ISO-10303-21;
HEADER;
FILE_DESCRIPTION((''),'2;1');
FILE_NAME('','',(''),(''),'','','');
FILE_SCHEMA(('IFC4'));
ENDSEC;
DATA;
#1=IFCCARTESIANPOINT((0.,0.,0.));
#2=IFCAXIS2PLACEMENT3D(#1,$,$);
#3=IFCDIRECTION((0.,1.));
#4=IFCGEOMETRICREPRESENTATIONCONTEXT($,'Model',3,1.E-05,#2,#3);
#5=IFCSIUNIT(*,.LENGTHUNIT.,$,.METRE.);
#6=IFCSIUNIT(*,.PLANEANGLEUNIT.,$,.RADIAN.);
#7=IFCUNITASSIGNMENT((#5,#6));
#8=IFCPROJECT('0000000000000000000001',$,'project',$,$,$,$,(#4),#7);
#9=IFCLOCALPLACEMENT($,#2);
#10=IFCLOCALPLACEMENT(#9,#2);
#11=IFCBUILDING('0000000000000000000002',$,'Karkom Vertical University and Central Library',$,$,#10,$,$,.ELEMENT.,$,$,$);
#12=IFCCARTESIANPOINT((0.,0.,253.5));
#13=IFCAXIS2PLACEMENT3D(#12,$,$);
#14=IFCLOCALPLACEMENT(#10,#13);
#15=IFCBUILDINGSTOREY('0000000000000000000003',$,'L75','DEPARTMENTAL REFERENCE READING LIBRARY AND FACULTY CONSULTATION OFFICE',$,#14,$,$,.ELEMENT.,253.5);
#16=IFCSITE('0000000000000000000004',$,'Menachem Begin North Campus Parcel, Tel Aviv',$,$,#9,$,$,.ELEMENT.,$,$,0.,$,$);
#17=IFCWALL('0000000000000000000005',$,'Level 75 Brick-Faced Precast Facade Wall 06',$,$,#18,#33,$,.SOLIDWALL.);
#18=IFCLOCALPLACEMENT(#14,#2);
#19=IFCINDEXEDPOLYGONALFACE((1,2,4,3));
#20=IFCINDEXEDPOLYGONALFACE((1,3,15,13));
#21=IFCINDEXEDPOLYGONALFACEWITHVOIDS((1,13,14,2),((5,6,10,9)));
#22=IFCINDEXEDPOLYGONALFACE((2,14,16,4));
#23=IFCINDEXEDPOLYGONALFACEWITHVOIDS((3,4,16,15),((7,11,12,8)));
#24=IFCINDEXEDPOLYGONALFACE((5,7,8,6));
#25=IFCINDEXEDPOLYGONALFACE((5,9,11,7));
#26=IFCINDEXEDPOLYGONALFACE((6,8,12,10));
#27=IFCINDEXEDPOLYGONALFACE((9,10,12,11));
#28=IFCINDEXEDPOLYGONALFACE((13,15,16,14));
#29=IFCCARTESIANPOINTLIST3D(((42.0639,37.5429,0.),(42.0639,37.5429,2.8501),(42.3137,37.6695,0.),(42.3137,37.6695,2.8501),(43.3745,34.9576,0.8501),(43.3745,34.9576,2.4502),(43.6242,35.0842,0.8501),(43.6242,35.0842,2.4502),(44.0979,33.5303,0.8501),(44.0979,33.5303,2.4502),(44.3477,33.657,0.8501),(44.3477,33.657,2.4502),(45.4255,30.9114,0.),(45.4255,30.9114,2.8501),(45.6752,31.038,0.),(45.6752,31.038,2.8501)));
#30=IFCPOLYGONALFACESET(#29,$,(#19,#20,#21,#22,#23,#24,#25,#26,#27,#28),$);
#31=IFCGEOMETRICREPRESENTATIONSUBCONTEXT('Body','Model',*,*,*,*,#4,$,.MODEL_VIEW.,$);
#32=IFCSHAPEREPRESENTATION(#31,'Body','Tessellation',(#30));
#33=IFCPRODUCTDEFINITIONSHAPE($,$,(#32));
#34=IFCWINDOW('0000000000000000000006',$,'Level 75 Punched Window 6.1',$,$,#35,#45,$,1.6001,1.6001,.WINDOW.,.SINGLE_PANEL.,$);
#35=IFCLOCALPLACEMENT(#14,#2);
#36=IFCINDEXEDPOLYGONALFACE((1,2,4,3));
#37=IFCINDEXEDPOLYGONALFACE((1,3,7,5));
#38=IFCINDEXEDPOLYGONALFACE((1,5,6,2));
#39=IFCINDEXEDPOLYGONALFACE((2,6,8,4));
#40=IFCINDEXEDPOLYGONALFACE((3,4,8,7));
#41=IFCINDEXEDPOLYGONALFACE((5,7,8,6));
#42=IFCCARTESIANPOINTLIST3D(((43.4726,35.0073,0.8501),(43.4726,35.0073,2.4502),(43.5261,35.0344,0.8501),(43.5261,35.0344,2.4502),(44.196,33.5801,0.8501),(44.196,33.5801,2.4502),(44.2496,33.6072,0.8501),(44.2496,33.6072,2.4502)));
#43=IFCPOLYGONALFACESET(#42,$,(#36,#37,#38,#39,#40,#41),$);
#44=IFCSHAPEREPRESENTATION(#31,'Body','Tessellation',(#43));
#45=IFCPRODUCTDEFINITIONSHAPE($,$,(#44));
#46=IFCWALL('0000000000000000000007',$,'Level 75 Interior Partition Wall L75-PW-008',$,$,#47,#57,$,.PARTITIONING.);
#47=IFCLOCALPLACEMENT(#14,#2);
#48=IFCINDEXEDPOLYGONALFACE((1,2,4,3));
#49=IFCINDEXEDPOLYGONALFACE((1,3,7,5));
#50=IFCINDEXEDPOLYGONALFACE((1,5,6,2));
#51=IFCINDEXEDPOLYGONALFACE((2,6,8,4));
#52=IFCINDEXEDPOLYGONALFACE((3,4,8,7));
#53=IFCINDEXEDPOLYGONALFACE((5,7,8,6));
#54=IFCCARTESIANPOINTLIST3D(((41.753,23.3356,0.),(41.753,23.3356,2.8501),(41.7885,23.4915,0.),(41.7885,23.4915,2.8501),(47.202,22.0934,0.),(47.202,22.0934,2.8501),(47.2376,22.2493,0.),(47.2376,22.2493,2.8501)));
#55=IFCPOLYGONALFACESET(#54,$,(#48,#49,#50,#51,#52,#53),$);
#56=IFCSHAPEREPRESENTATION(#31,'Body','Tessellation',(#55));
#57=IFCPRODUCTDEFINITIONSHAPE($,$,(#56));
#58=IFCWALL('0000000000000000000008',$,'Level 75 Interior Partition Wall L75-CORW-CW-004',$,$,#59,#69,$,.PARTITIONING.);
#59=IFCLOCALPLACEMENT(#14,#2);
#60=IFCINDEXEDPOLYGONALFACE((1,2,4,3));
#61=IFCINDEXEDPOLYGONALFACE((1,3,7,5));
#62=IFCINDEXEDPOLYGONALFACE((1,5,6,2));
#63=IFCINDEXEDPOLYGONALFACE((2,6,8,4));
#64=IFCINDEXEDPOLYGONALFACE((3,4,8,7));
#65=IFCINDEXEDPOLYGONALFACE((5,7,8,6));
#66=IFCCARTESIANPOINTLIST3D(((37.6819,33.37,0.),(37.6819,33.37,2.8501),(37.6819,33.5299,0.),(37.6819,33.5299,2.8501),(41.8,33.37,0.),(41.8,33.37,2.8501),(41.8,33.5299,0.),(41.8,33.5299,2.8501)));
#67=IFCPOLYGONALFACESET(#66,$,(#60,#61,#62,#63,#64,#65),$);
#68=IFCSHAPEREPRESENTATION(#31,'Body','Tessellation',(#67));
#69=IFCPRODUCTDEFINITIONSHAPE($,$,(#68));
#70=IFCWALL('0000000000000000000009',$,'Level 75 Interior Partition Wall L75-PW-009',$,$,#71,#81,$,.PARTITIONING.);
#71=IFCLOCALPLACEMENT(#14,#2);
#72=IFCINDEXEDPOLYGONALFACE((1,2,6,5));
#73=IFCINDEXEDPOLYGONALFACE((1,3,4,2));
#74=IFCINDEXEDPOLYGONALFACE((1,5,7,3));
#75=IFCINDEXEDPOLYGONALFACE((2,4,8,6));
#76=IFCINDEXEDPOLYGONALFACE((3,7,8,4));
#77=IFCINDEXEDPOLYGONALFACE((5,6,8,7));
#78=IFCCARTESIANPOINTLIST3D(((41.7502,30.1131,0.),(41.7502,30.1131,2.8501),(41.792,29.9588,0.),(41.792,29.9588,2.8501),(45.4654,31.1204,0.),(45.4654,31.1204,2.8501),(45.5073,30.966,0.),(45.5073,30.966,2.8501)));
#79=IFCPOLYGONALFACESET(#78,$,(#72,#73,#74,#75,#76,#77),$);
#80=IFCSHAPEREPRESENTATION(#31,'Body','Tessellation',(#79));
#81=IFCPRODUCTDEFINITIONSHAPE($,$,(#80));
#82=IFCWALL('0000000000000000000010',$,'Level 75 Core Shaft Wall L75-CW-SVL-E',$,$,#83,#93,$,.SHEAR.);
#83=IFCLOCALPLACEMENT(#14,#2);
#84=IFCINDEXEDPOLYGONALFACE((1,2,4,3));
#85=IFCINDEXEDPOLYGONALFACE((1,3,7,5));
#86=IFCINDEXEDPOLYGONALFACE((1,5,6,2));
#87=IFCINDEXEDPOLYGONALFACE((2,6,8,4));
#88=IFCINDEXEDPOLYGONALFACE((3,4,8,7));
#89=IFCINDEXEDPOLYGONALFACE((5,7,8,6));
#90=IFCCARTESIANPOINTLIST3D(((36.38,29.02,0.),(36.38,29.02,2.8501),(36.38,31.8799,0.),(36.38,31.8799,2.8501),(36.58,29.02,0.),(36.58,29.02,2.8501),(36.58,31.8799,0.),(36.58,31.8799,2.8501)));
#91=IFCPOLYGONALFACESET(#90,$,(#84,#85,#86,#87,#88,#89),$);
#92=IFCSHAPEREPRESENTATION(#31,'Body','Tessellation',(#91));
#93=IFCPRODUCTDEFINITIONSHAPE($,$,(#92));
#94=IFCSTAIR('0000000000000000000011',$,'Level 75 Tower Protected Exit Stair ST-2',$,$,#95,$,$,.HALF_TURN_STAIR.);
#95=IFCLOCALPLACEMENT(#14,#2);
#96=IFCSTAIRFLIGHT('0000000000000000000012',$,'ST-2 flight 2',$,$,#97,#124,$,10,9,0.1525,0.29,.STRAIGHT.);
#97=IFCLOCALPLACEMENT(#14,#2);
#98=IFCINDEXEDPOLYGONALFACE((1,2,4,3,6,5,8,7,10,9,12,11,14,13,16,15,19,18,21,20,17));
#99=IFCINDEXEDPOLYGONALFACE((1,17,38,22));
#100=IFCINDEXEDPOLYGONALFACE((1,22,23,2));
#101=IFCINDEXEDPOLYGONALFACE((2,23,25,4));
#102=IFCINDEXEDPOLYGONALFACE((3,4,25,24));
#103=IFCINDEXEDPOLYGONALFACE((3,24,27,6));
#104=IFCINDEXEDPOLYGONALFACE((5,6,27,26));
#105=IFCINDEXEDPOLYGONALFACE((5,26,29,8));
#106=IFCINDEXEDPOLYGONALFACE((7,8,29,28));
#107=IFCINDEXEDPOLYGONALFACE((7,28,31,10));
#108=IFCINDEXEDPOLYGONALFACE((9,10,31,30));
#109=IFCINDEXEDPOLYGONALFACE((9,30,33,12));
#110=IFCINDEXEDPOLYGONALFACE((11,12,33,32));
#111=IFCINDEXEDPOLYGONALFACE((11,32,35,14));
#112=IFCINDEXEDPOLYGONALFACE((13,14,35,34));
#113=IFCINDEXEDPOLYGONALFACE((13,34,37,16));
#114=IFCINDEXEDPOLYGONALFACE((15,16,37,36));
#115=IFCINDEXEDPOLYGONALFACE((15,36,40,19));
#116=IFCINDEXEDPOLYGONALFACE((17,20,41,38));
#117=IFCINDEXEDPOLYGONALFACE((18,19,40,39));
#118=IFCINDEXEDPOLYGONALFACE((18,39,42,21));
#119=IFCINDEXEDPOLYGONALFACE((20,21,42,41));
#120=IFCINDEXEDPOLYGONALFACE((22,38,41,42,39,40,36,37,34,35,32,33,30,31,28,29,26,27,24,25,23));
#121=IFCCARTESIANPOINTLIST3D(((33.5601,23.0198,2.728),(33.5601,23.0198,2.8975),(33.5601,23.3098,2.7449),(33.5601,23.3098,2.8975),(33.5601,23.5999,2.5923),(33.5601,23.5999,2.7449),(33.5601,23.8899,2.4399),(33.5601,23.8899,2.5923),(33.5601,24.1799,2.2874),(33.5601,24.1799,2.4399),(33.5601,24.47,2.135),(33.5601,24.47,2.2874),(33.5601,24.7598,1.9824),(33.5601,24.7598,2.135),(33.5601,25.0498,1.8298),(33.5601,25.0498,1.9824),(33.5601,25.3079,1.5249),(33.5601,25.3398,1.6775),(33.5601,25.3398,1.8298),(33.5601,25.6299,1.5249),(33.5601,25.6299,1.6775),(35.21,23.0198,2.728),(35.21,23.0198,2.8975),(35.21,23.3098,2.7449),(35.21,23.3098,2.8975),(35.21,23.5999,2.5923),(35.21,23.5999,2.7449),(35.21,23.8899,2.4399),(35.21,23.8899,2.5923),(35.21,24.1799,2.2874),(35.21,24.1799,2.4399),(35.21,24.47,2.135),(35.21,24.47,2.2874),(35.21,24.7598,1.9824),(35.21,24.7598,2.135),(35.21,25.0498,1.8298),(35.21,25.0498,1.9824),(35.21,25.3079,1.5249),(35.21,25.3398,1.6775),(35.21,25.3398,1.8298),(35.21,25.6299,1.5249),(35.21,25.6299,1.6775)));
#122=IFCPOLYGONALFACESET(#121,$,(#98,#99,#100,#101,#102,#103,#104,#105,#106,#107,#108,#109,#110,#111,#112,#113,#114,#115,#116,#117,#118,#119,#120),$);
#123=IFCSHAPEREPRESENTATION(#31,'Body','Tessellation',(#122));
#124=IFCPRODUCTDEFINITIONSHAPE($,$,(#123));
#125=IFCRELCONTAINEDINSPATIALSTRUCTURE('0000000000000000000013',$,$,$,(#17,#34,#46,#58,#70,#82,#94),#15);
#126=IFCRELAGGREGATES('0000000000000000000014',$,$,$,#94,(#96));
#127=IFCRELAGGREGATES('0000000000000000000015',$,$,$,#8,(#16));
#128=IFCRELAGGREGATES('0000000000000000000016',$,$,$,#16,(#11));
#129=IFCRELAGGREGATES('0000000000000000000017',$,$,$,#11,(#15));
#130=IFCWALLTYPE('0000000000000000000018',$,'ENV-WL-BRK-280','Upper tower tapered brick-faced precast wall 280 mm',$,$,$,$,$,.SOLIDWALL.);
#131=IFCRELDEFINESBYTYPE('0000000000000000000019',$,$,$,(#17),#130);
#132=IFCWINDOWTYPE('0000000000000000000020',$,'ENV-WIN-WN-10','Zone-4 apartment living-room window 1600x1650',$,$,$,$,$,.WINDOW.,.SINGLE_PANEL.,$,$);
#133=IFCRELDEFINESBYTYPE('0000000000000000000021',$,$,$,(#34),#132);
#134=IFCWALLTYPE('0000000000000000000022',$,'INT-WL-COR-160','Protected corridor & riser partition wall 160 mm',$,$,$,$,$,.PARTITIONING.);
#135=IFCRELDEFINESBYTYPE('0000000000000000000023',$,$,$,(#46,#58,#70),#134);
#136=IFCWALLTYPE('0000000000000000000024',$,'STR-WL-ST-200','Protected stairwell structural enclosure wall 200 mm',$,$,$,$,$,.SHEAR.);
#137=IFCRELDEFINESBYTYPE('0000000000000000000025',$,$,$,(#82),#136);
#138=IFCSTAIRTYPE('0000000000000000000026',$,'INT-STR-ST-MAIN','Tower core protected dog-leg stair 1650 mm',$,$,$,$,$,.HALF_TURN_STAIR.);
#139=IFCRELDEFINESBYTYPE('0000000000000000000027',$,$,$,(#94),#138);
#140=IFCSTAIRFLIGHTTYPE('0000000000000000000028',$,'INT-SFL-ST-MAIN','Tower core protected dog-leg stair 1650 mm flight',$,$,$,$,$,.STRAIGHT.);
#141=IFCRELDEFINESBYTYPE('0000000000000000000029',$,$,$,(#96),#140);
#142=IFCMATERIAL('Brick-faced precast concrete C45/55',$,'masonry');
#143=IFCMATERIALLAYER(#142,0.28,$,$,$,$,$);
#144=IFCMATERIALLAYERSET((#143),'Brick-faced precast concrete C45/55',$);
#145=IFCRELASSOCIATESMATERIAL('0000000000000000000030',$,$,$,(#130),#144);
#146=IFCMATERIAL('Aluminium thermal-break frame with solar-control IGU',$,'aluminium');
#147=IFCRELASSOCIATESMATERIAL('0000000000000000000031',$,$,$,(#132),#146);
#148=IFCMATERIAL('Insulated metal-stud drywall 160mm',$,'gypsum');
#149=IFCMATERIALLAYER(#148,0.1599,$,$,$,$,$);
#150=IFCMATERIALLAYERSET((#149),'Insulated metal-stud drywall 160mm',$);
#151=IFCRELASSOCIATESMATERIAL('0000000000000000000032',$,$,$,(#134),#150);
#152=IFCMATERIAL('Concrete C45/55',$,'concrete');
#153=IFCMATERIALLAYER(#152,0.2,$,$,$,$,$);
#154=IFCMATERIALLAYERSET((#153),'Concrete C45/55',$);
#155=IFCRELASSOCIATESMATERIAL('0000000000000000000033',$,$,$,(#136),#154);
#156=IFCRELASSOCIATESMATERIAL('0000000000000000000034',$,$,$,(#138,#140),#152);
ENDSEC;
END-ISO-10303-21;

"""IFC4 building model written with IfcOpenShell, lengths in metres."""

from ifc_helpers import new_model, si_unit, direction, frame, frame_2d, origin, origin_with_axes, place, context, subcontext, project, spatial, polyline, rectangle, outline, extrude, source, transform, mapped, material, layer, layer_set, type_object, element, fill, aggregate, save


model = new_model("IFC4")

# Units and contexts
model_context = context("Model", 3, precision=1e-05, world=origin(), true_north=direction((0.0, 1.0)))
body_context = subcontext(model_context, "Body", "Model", "MODEL_VIEW")
ifc_project = project(units=[si_unit("LENGTHUNIT", "METRE"), si_unit("PLANEANGLEUNIT", "RADIAN")], contexts=[model_context])

# Site, building, storey
site_placement = place(None, origin())
site = spatial("IfcSite", under=ifc_project, at=site_placement, Name="Menachem Begin North Campus Parcel, Tel Aviv", CompositionType="ELEMENT", RefElevation=0.0)
building_placement = place(site_placement, origin())
building = spatial("IfcBuilding", under=site, at=building_placement, Name="Karkom Vertical University and Central Library", CompositionType="ELEMENT")
storey_placement = place(building_placement, frame((0.0, 0.0, 253.5)))
storey = spatial("IfcBuildingStorey", under=building, at=storey_placement, Name="L75", Description="DEPARTMENTAL REFERENCE READING LIBRARY AND FACULTY CONSULTATION OFFICE", CompositionType="ELEMENT", Elevation=253.5)

# Wall, opening, window
ifc_material_1 = material(Name="Brick-faced precast concrete C45/55", Category="masonry")
ifc_layer_1 = layer(ifc_material_1, 0.28)
ifc_layer_set_1 = layer_set([ifc_layer_1], Name="Brick-faced precast concrete C45/55")
wall_type_1 = type_object("IfcWallType", Name="ENV-WL-BRK-280", Description="Upper tower tapered brick-faced precast wall 280 mm", PredefinedType="SOLIDWALL", material=ifc_layer_set_1)
wall_1_placement = place(storey_placement, frame((45.5503, 30.9749, 0.0), z_axis=(0.0, 0.0, 1.0), x_axis=(-0.452132, 0.891951, 0.0)))
wall_1 = element("IfcWall", 1, at=wall_1_placement, inside=storey, type_object=wall_type_1, Name="Level 75 Brick-Faced Precast Facade Wall 06", PredefinedType="SOLIDWALL", context=body_context, shape_type="SweptSolid", body=[
    extrude(rectangle(XDim=7.4348, YDim=0.28, at=frame_2d((3.7173, 0.0))), origin(), (0.0, 0.0, 1.0), 2.8501),
])
opening_placement = place(wall_1_placement, frame((2.936, 0.0, 0.8501)))
opening = element("IfcOpeningElement", 2, at=opening_placement, cuts=wall_1, PredefinedType="OPENING", context=body_context, shape_type="SweptSolid", body=[
    extrude(rectangle(XDim=1.6001, YDim=1.6001, at=frame_2d((0.8, 0.8))), frame((0.0, 0.1499, 0.0), z_axis=(0.0, -1.0, 0.0), x_axis=(1.0, 0.0, 0.0)), (0.0, 0.0, 1.0), 0.3),
])
ifc_material_2 = material(Name="Aluminium thermal-break frame with solar-control IGU", Category="aluminium")
window_type = type_object("IfcWindowType", Name="ENV-WIN-WN-10", Description="Zone-4 apartment living-room window 1600x1650", PartitioningType="SINGLE_PANEL", PredefinedType="WINDOW", material=ifc_material_2)
shared_shape = source(origin_with_axes(), body_context, "Body", "SweptSolid", [
    extrude(rectangle(XDim=1.6001, YDim=1.6001, at=frame_2d((0.8, 0.8))), frame((0.0, 0.03, 0.0), z_axis=(0.0, -1.0, 0.0), x_axis=(1.0, 0.0, 0.0)), (0.0, 0.0, 1.0), 0.0601),
])
window_placement = place(opening_placement, origin())
window = element("IfcWindow", 3, at=window_placement, inside=storey, type_object=window_type, Name="Level 75 Punched Window 6.1", OverallHeight=1.6001, OverallWidth=1.6001, PartitioningType="SINGLE_PANEL", PredefinedType="WINDOW", context=body_context, shape_type="MappedRepresentation", body=[
    mapped(shared_shape, transform((0.0, 0.0, 0.0), scale=1.0)),
])
fill(opening, window)

# Walls
ifc_material_3 = material(Name="Insulated metal-stud drywall 160mm", Category="gypsum")
ifc_layer_2 = layer(ifc_material_3, 0.1599)
ifc_layer_set_2 = layer_set([ifc_layer_2], Name="Insulated metal-stud drywall 160mm")
wall_type_2 = type_object("IfcWallType", Name="INT-WL-COR-160", Description="Protected corridor & riser partition wall 160 mm", PredefinedType="PARTITIONING", material=ifc_layer_set_2)
wall_2_placement = place(storey_placement, frame((41.7708, 23.4136, 0.0), z_axis=(0.0, 0.0, 1.0), x_axis=(0.974986, -0.222265, 0.0)))
element("IfcWall", 4, at=wall_2_placement, inside=storey, type_object=wall_type_2, Name="Level 75 Interior Partition Wall L75-PW-008", PredefinedType="PARTITIONING", context=body_context, shape_type="SweptSolid", body=[
    extrude(rectangle(XDim=5.5889, YDim=0.1599, at=frame_2d((2.7944, 0.0))), origin(), (0.0, 0.0, 1.0), 2.8501),
])
wall_3_placement = place(storey_placement, frame((37.6819, 33.45, 0.0), z_axis=(0.0, 0.0, 1.0), x_axis=(1.0, 0.0, 0.0)))
element("IfcWall", 5, at=wall_3_placement, inside=storey, type_object=wall_type_2, Name="Level 75 Interior Partition Wall L75-CORW-CW-004", PredefinedType="PARTITIONING", context=body_context, shape_type="SweptSolid", body=[
    extrude(rectangle(XDim=4.1182, YDim=0.1599, at=frame_2d((2.0591, 0.0))), origin(), (0.0, 0.0, 1.0), 2.8501),
])
wall_4_placement = place(storey_placement, frame((41.771, 30.0359, 0.0), z_axis=(0.0, 0.0, 1.0), x_axis=(0.965155, 0.261679, 0.0)))
element("IfcWall", 6, at=wall_4_placement, inside=storey, type_object=wall_type_2, Name="Level 75 Interior Partition Wall L75-PW-009", PredefinedType="PARTITIONING", context=body_context, shape_type="SweptSolid", body=[
    extrude(rectangle(XDim=3.8494, YDim=0.1599, at=frame_2d((1.9248, 0.0))), origin(), (0.0, 0.0, 1.0), 2.8501),
])
ifc_material_4 = material(Name="Concrete C45/55", Category="concrete")
ifc_layer_3 = layer(ifc_material_4, 0.2)
ifc_layer_set_3 = layer_set([ifc_layer_3], Name="Concrete C45/55")
wall_type_3 = type_object("IfcWallType", Name="STR-WL-ST-200", Description="Protected stairwell structural enclosure wall 200 mm", PredefinedType="SHEAR", material=ifc_layer_set_3)
wall_5_placement = place(storey_placement, frame((36.48, 29.02, 0.0), z_axis=(0.0, 0.0, 1.0), x_axis=(0.0, 1.0, 0.0)))
element("IfcWall", 7, at=wall_5_placement, inside=storey, type_object=wall_type_3, Name="Level 75 Core Shaft Wall L75-CW-SVL-E", PredefinedType="SHEAR", context=body_context, shape_type="SweptSolid", body=[
    extrude(rectangle(XDim=2.8599, YDim=0.2, at=frame_2d((1.4299, 0.0))), origin(), (0.0, 0.0, 1.0), 2.8501),
])

# Stair, stair flight
stair_type = type_object("IfcStairType", Name="INT-STR-ST-MAIN", Description="Tower core protected dog-leg stair 1650 mm", PredefinedType="HALF_TURN_STAIR", material=ifc_material_4)
stair_placement = place(storey_placement, origin())
stair = element("IfcStair", 8, at=stair_placement, inside=storey, type_object=stair_type, Name="Level 75 Tower Protected Exit Stair ST-2", PredefinedType="HALF_TURN_STAIR")
stair_flight_type = type_object("IfcStairFlightType", Name="INT-SFL-ST-MAIN", Description="Tower core protected dog-leg stair 1650 mm flight", PredefinedType="STRAIGHT", material=ifc_material_4)
stair_flight_placement = place(storey_placement, frame((34.385, 25.6299, 1.5249), z_axis=(0.0, 0.0, 1.0), x_axis=(0.0, -1.0, 0.0)))
stair_flight = element("IfcStairFlight", 9, at=stair_flight_placement, type_object=stair_flight_type, Name="ST-2 flight 2", NumberOfRisers=10, NumberOfTreads=9, PredefinedType="STRAIGHT", RiserHeight=0.1525, TreadLength=0.29, context=body_context, shape_type="SweptSolid", body=[
    extrude(outline(polyline([(0.0, 0.0), (0.0, 0.1526), (0.29, 0.1526), (0.29, 0.3049), (0.5801, 0.3049), (0.5801, 0.4575), (0.8701, 0.4575), (0.8701, 0.6101), (1.1599, 0.6101), (1.1599, 0.7625), (1.45, 0.7625), (1.45, 0.915), (1.74, 0.915), (1.74, 1.0674), (2.03, 1.0674), (2.03, 1.22), (2.3201, 1.22), (2.3201, 1.3726), (2.6101, 1.3726), (2.6101, 1.5249), (2.6101, 1.2031), (0.322, 0.0), (0.0, 0.0)])), frame((0.0, 0.825, 0.0), z_axis=(0.0, -1.0, 0.0), x_axis=(1.0, 0.0, 0.0)), (0.0, 0.0, 1.0), 1.6499),
])
aggregate(stair, [stair_flight])

save(model, "model.ifc")
